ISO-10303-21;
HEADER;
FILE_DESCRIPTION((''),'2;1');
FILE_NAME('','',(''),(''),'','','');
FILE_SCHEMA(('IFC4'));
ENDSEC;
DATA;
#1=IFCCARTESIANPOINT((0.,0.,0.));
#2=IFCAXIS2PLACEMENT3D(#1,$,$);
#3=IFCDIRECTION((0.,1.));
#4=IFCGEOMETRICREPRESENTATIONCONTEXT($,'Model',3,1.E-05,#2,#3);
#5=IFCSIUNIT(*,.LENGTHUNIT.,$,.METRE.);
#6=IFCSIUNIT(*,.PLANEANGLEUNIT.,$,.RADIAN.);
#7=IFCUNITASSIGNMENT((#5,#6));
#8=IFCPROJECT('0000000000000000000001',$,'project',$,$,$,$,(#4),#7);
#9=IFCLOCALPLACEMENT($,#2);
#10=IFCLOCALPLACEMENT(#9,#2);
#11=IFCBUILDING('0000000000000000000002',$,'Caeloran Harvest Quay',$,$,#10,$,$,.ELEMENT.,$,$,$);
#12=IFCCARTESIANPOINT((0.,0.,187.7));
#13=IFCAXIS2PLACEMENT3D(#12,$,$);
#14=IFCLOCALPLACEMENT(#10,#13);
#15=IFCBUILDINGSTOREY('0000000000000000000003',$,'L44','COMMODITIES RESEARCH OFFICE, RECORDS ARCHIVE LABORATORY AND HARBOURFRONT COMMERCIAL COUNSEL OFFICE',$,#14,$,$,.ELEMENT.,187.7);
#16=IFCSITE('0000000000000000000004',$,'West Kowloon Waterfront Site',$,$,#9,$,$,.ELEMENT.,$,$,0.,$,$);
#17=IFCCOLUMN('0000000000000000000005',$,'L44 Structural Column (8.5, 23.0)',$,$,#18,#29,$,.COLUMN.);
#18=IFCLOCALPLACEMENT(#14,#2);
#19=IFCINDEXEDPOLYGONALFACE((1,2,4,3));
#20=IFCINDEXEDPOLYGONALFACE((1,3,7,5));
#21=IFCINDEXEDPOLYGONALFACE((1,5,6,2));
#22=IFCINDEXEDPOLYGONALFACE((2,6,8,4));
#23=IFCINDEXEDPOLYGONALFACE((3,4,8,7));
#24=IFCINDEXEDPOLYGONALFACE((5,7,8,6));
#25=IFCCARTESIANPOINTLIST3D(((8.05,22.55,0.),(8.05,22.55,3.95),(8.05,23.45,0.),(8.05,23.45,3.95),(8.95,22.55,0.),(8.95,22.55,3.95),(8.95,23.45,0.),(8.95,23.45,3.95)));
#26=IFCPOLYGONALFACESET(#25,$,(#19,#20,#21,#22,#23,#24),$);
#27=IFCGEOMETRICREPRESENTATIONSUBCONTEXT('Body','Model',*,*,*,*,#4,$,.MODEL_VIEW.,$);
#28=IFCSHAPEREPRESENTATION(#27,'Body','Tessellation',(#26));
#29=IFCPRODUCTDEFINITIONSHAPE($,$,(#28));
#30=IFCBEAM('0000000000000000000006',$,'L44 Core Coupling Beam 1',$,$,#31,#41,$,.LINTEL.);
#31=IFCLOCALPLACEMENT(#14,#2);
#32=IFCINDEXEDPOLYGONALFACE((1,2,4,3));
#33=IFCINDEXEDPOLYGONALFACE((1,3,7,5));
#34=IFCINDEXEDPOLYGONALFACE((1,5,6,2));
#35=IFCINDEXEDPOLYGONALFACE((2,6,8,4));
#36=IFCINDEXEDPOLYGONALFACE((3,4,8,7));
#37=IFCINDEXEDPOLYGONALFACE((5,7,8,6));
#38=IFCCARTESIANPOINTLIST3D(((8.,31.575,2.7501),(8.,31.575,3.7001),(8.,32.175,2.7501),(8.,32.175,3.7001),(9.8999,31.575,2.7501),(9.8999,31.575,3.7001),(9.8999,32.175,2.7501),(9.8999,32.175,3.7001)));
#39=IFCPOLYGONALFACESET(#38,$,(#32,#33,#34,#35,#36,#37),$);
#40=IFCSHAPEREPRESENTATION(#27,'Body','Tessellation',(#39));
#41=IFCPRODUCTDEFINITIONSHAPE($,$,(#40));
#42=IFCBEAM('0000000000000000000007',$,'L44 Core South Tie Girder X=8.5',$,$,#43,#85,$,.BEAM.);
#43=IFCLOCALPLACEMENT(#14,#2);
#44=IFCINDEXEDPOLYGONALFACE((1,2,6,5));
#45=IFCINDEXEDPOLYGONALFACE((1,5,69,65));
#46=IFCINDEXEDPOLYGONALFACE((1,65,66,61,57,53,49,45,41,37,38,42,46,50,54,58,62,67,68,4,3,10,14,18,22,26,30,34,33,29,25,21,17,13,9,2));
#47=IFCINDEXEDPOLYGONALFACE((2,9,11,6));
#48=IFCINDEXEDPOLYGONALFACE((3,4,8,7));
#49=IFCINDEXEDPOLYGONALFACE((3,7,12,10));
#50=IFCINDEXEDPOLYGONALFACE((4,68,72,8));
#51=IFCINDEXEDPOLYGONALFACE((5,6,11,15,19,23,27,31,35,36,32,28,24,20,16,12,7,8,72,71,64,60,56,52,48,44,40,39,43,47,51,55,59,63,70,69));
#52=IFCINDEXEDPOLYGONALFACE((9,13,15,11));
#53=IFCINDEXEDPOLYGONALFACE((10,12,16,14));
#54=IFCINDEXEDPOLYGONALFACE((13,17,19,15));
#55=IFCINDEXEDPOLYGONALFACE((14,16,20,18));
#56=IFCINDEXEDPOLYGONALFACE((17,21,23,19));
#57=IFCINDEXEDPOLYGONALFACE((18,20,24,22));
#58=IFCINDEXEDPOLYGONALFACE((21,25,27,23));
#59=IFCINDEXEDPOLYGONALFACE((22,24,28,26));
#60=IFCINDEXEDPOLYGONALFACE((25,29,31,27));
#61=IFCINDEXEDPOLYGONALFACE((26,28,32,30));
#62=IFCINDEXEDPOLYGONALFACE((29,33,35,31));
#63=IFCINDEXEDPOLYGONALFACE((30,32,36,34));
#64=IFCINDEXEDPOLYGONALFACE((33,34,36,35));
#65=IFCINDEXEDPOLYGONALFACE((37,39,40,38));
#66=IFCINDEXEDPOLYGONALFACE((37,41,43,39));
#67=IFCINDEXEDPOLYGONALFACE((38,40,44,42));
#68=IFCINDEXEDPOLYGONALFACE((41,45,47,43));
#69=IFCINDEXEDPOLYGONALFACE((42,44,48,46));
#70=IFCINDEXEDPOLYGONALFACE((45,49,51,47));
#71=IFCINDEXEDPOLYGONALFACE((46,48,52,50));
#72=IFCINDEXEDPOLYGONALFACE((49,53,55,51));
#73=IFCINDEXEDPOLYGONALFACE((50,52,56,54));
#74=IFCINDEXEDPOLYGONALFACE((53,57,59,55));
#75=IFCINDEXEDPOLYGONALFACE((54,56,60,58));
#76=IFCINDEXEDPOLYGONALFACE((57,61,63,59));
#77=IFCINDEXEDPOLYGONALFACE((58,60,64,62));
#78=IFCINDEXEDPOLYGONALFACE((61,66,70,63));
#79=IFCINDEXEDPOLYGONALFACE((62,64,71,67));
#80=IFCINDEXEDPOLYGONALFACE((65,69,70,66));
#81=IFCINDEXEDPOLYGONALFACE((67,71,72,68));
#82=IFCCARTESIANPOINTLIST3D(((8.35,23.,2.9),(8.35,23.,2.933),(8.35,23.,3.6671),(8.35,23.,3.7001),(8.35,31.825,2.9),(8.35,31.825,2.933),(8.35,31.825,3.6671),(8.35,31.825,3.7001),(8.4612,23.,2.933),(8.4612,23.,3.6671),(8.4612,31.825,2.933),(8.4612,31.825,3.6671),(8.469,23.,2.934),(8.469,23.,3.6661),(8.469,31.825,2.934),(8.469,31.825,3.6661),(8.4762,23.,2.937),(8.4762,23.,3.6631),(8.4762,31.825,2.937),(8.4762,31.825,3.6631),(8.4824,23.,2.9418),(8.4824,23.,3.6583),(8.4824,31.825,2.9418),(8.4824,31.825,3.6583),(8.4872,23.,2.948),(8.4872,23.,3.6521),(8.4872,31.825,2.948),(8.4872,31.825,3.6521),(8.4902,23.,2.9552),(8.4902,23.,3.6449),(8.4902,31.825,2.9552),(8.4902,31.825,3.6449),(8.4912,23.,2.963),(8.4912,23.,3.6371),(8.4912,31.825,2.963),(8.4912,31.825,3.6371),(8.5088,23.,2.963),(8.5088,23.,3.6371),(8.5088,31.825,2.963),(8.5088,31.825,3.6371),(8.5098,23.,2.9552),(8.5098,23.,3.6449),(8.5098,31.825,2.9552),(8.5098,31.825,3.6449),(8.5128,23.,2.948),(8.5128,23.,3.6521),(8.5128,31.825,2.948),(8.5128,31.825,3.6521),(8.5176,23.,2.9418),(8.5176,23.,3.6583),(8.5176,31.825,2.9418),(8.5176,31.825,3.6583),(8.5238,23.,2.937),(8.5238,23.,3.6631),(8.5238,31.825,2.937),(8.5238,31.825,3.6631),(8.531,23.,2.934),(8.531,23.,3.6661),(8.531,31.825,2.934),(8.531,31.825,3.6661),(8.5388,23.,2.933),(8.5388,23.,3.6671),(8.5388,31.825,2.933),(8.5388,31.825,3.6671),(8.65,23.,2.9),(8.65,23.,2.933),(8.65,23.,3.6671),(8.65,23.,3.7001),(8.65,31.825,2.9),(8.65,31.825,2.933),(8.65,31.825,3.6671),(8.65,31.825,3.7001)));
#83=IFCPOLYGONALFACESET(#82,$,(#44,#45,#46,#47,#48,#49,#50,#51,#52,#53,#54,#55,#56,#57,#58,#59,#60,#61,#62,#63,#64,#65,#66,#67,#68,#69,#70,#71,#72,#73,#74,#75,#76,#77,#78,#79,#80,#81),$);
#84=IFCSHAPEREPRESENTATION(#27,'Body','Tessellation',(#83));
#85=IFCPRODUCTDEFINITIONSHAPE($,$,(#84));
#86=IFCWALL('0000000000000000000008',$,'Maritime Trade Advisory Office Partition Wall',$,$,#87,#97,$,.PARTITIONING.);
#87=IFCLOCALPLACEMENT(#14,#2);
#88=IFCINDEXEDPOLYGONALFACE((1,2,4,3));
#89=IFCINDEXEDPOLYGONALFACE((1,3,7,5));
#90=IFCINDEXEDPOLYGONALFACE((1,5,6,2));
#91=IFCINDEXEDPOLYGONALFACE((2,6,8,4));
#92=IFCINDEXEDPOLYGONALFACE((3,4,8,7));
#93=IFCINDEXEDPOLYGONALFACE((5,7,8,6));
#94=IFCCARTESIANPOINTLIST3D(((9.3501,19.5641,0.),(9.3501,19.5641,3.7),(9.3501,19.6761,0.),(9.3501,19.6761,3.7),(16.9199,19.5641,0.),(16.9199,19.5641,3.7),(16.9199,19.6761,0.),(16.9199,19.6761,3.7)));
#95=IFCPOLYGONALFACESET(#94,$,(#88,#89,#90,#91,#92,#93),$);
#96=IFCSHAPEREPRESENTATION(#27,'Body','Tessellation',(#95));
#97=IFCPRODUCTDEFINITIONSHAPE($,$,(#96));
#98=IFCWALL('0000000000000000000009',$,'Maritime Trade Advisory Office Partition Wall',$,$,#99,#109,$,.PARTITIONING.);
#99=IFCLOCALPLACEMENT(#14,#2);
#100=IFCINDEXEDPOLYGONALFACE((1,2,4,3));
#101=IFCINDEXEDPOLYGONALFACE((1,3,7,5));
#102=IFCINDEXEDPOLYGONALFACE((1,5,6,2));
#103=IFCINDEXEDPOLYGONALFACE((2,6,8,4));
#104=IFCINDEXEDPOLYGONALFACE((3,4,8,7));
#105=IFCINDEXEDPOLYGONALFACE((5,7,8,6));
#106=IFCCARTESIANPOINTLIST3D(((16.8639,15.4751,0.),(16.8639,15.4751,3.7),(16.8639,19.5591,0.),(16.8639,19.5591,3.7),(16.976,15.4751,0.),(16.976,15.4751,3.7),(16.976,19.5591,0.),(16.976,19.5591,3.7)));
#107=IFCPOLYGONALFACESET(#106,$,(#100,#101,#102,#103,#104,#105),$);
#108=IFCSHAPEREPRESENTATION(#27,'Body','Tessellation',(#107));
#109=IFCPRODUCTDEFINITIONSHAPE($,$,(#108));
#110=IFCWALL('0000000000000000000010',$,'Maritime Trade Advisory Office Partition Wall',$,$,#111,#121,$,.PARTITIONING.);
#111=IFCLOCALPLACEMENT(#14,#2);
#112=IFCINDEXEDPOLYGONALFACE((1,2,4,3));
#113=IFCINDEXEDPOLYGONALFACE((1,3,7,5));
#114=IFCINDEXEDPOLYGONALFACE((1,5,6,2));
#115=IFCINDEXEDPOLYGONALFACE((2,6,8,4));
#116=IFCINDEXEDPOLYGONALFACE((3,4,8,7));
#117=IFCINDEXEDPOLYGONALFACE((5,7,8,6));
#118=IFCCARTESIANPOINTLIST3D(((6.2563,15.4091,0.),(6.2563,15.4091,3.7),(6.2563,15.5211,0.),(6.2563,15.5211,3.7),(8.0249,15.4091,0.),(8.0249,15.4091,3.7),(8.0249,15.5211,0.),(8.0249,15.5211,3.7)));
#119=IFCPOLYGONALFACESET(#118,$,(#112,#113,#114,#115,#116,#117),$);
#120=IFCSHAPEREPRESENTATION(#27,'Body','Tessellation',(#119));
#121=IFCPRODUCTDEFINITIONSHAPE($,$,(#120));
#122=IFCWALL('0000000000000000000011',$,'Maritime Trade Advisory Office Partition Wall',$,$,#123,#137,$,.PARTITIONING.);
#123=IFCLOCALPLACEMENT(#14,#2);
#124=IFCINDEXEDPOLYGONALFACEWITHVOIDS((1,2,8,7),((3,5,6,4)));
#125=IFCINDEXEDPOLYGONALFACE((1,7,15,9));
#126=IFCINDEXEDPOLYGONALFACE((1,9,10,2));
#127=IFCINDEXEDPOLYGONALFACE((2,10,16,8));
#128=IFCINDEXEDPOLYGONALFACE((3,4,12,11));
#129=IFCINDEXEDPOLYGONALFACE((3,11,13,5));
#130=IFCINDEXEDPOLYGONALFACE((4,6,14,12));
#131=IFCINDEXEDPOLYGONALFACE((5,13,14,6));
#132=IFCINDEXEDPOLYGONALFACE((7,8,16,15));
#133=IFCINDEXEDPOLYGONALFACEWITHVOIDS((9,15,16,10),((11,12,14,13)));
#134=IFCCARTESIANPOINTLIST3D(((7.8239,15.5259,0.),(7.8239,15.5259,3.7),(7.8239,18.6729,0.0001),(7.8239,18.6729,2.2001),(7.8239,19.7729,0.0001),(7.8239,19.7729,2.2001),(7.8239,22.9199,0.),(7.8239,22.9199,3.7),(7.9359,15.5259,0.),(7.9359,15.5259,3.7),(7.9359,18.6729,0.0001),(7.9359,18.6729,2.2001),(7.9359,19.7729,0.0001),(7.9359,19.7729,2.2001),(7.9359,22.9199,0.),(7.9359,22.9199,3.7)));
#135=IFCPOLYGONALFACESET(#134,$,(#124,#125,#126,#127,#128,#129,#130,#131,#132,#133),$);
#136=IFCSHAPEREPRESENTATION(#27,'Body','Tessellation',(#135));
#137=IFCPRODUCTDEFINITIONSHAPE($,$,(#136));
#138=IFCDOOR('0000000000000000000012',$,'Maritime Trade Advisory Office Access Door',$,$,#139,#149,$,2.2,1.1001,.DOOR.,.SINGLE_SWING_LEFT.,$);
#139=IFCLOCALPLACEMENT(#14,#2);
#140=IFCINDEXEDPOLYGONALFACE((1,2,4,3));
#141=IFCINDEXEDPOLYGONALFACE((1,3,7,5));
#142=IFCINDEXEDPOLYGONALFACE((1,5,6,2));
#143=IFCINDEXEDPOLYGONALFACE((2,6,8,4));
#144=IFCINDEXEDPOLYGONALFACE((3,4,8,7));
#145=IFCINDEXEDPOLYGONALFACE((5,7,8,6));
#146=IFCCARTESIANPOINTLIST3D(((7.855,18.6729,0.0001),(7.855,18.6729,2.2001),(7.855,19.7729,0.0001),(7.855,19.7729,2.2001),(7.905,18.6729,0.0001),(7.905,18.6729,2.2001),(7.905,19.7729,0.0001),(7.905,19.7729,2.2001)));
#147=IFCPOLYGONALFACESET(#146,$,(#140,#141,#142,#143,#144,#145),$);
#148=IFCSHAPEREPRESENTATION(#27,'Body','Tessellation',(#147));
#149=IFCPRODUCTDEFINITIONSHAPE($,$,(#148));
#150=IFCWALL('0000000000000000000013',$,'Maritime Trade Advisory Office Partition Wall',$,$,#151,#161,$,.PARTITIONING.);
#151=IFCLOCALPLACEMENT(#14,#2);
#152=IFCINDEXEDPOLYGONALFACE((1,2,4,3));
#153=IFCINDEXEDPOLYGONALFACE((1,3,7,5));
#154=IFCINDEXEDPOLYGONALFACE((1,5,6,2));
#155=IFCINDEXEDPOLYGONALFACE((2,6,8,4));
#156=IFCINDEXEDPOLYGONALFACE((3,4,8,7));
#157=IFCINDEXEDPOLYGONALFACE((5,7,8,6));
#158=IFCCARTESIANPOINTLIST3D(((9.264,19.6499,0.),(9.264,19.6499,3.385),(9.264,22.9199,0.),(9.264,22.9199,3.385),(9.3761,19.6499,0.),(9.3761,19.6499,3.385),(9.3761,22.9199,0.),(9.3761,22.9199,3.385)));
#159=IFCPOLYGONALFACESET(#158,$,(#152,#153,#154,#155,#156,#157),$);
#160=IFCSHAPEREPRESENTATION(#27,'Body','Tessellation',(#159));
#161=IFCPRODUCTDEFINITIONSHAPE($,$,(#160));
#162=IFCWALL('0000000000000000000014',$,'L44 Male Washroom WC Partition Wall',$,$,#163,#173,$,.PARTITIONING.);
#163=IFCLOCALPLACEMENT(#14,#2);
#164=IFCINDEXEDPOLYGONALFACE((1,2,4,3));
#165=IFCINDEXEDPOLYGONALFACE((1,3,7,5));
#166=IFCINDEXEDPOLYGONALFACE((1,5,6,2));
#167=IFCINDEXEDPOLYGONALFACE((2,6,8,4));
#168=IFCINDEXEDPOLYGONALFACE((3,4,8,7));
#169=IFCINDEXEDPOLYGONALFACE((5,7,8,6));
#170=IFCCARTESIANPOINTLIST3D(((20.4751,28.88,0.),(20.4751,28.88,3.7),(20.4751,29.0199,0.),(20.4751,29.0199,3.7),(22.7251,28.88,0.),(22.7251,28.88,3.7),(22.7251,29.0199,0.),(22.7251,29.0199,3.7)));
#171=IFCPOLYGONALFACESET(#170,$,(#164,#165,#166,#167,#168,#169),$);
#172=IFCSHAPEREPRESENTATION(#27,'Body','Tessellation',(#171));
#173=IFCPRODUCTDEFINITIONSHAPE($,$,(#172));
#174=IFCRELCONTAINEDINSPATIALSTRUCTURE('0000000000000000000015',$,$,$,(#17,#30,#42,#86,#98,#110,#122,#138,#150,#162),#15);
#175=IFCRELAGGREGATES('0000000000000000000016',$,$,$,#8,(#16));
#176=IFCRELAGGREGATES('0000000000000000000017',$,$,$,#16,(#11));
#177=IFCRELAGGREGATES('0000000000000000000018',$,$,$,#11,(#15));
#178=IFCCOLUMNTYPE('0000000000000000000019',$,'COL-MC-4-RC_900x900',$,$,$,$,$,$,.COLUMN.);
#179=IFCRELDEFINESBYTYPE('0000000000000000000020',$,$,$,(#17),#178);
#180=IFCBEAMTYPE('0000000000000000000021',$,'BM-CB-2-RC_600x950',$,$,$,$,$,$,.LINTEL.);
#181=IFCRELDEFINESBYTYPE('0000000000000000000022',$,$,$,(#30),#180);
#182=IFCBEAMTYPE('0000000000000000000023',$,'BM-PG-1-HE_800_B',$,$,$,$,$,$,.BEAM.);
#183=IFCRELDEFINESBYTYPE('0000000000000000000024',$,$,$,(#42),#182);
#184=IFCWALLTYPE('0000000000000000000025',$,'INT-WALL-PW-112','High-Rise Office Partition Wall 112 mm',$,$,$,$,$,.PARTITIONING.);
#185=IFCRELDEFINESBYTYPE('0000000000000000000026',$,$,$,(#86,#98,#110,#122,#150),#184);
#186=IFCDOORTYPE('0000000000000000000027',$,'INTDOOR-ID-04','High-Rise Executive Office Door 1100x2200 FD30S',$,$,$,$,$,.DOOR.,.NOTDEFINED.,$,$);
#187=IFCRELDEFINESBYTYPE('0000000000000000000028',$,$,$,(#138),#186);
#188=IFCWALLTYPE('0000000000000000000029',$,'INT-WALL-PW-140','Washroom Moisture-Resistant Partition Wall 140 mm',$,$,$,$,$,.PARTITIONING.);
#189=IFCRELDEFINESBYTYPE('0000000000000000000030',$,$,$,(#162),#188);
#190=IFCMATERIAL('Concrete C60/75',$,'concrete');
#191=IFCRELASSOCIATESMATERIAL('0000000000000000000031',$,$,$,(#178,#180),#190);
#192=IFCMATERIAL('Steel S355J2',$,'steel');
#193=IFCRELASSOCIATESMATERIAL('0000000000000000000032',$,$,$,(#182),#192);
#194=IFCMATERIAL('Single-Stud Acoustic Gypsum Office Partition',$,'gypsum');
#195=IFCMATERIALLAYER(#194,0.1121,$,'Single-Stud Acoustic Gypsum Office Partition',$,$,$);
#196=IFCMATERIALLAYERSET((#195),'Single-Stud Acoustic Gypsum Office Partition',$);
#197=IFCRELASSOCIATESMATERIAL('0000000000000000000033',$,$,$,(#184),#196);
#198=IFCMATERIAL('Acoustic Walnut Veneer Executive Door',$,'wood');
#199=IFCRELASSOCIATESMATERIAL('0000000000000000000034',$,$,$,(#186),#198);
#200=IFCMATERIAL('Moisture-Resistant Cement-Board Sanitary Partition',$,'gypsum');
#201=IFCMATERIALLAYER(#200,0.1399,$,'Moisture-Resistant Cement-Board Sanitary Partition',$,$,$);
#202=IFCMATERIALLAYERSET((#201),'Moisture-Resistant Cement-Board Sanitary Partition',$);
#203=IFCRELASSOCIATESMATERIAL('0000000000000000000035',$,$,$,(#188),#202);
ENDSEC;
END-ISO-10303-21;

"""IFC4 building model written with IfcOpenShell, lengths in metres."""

from ifc_helpers import new_model, si_unit, direction, frame, frame_2d, origin, origin_2d, place, context, subcontext, project, spatial, rectangle, i_section, extrude, material, layer, layer_set, material_profile, profile_set, type_object, element, fill, save


model = new_model("IFC4")

# Units and contexts
model_context = context("Model", 3, precision=1e-05, world=origin(), true_north=direction((0.0, 1.0)))
body_context = subcontext(model_context, "Body", "Model", "MODEL_VIEW")
ifc_project = project(units=[si_unit("LENGTHUNIT", "METRE"), si_unit("PLANEANGLEUNIT", "RADIAN")], contexts=[model_context])

# Site, building, storey
site_placement = place(None, origin())
site = spatial("IfcSite", under=ifc_project, at=site_placement, Name="West Kowloon Waterfront Site", CompositionType="ELEMENT", RefElevation=0.0)
building_placement = place(site_placement, origin())
building = spatial("IfcBuilding", under=site, at=building_placement, Name="Caeloran Harvest Quay", CompositionType="ELEMENT")
storey_placement = place(building_placement, frame((0.0, 0.0, 187.7)))
storey = spatial("IfcBuildingStorey", under=building, at=storey_placement, Name="L44", Description="COMMODITIES RESEARCH OFFICE, RECORDS ARCHIVE LABORATORY AND HARBOURFRONT COMMERCIAL COUNSEL OFFICE", CompositionType="ELEMENT", Elevation=187.7)

# Column
ifc_material_1 = material(Name="Concrete C60/75", Category="concrete")
ifc_material_profile_1 = material_profile(ifc_material_1, rectangle(XDim=0.8999, YDim=0.8999, at=origin_2d()), Name="RC 900x900")
ifc_profile_set_1 = profile_set([ifc_material_profile_1], Name="Concrete C60/75")
column_type = type_object("IfcColumnType", Name="COL-MC-4-RC_900x900", PredefinedType="COLUMN", material=ifc_profile_set_1)
column_placement = place(storey_placement, frame((8.5, 23.0, 0.0), z_axis=(0.0, 0.0, 1.0), x_axis=(1.0, 0.0, 0.0)))
element("IfcColumn", 1, at=column_placement, inside=storey, type_object=column_type, Name="L44 Structural Column (8.5, 23.0)", PredefinedType="COLUMN", context=body_context, shape_type="SweptSolid", body=[
    extrude(rectangle(XDim=0.8999, YDim=0.8999, at=origin_2d()), origin(), (0.0, 0.0, 1.0), 3.95),
])

# Beams
ifc_material_profile_2 = material_profile(ifc_material_1, rectangle(XDim=0.6001, YDim=0.95, at=origin_2d()), Name="RC 600x950")
ifc_profile_set_2 = profile_set([ifc_material_profile_2], Name="Concrete C60/75")
beam_type_1 = type_object("IfcBeamType", Name="BM-CB-2-RC_600x950", PredefinedType="LINTEL", material=ifc_profile_set_2)
beam_1_placement = place(storey_placement, frame((8.0, 31.875, 3.2251), z_axis=(1.0, 0.0, 0.0), x_axis=(0.0, 1.0, 0.0)))
element("IfcBeam", 2, at=beam_1_placement, inside=storey, type_object=beam_type_1, Name="L44 Core Coupling Beam 1", PredefinedType="LINTEL", context=body_context, shape_type="SweptSolid", body=[
    extrude(rectangle(XDim=0.6001, YDim=0.95, at=origin_2d()), origin(), (0.0, 0.0, 1.0), 1.8999),
])
ifc_material_2 = material(Name="Steel S355J2", Category="steel")
ifc_material_profile_3 = material_profile(ifc_material_2, i_section(OverallWidth=0.3, OverallDepth=0.8, WebThickness=0.0176, FlangeThickness=0.033, FilletRadius=0.03, at=origin_2d()), Name="HE 800 B")
ifc_profile_set_3 = profile_set([ifc_material_profile_3], Name="Steel S355J2")
beam_type_2 = type_object("IfcBeamType", Name="BM-PG-1-HE_800_B", PredefinedType="BEAM", material=ifc_profile_set_3)
beam_2_placement = place(storey_placement, frame((8.5, 23.0, 3.3), z_axis=(0.0, 1.0, 0.0), x_axis=(-1.0, 0.0, 0.0)))
element("IfcBeam", 3, at=beam_2_placement, inside=storey, type_object=beam_type_2, Name="L44 Core South Tie Girder X=8.5", PredefinedType="BEAM", context=body_context, shape_type="SweptSolid", body=[
    extrude(i_section(OverallWidth=0.3, OverallDepth=0.8, WebThickness=0.0176, FlangeThickness=0.033, FilletRadius=0.03, at=origin_2d()), origin(), (0.0, 0.0, 1.0), 8.825),
])

# Walls
ifc_material_3 = material(Name="Single-Stud Acoustic Gypsum Office Partition", Category="gypsum")
ifc_layer_1 = layer(ifc_material_3, 0.1121, Name="Single-Stud Acoustic Gypsum Office Partition")
ifc_layer_set_1 = layer_set([ifc_layer_1], Name="Single-Stud Acoustic Gypsum Office Partition")
wall_type_1 = type_object("IfcWallType", Name="INT-WALL-PW-112", Description="High-Rise Office Partition Wall 112 mm", PredefinedType="PARTITIONING", material=ifc_layer_set_1)
wall_1_placement = place(storey_placement, frame((9.3501, 19.6201, 0.0), z_axis=(0.0, 0.0, 1.0), x_axis=(1.0, 0.0, 0.0)))
element("IfcWall", 4, at=wall_1_placement, inside=storey, type_object=wall_type_1, Name="Maritime Trade Advisory Office Partition Wall", PredefinedType="PARTITIONING", context=body_context, shape_type="SweptSolid", body=[
    extrude(rectangle(XDim=7.5698, YDim=0.1121, at=frame_2d((3.7849, 0.0))), origin(), (0.0, 0.0, 1.0), 3.7),
])
wall_2_placement = place(storey_placement, frame((16.9199, 19.5591, 0.0), z_axis=(0.0, 0.0, 1.0), x_axis=(0.0, -1.0, 0.0)))
element("IfcWall", 5, at=wall_2_placement, inside=storey, type_object=wall_type_1, Name="Maritime Trade Advisory Office Partition Wall", PredefinedType="PARTITIONING", context=body_context, shape_type="SweptSolid", body=[
    extrude(rectangle(XDim=4.084, YDim=0.1121, at=frame_2d((2.042, 0.0))), origin(), (0.0, 0.0, 1.0), 3.7),
])
wall_3_placement = place(storey_placement, frame((8.0249, 15.4651, 0.0), z_axis=(0.0, 0.0, 1.0), x_axis=(-1.0, 0.0, 0.0)))
element("IfcWall", 6, at=wall_3_placement, inside=storey, type_object=wall_type_1, Name="Maritime Trade Advisory Office Partition Wall", PredefinedType="PARTITIONING", context=body_context, shape_type="SweptSolid", body=[
    extrude(rectangle(XDim=1.7686, YDim=0.1121, at=frame_2d((0.8843, 0.0))), origin(), (0.0, 0.0, 1.0), 3.7),
])

# Wall, opening, door
wall_4_placement = place(storey_placement, frame((7.8799, 15.5259, 0.0), z_axis=(0.0, 0.0, 1.0), x_axis=(0.0, 1.0, 0.0)))
wall_4 = element("IfcWall", 7, at=wall_4_placement, inside=storey, type_object=wall_type_1, Name="Maritime Trade Advisory Office Partition Wall", PredefinedType="PARTITIONING", context=body_context, shape_type="SweptSolid", body=[
    extrude(rectangle(XDim=7.394, YDim=0.1121, at=frame_2d((3.697, 0.0))), origin(), (0.0, 0.0, 1.0), 3.7),
])
opening_1_placement = place(wall_4_placement, frame((3.147, 0.0, 0.0)))
opening_1 = element("IfcOpeningElement", 8, at=opening_1_placement, cuts=wall_4, PredefinedType="OPENING", context=body_context, shape_type="SweptSolid", body=[
    extrude(rectangle(XDim=1.1001, YDim=2.2, at=frame_2d((0.55, 1.1001))), frame((0.0, 0.0659, 0.0), z_axis=(0.0, -1.0, 0.0), x_axis=(1.0, 0.0, 0.0)), (0.0, 0.0, 1.0), 0.1321),
])
ifc_material_4 = material(Name="Acoustic Walnut Veneer Executive Door", Category="wood")
door_type_1 = type_object("IfcDoorType", Name="INTDOOR-ID-04", Description="High-Rise Executive Office Door 1100x2200 FD30S", OperationType="NOTDEFINED", PredefinedType="DOOR", material=ifc_material_4)
door_1_placement = place(opening_1_placement, origin())
door_1 = element("IfcDoor", 9, at=door_1_placement, inside=storey, type_object=door_type_1, Name="Maritime Trade Advisory Office Access Door", OperationType="SINGLE_SWING_LEFT", OverallHeight=2.2, OverallWidth=1.1001, PredefinedType="DOOR", context=body_context, shape_type="SweptSolid", body=[
    extrude(rectangle(XDim=1.1001, YDim=2.2, at=frame_2d((0.55, 1.1001))), frame((0.0, 0.0249, 0.0), z_axis=(0.0, -1.0, 0.0), x_axis=(1.0, 0.0, 0.0)), (0.0, 0.0, 1.0), 0.05),
])
fill(opening_1, door_1)

# Wall
wall_5_placement = place(storey_placement, frame((9.3201, 22.9199, 0.0), z_axis=(0.0, 0.0, 1.0), x_axis=(0.0, -1.0, 0.0)))
element("IfcWall", 10, at=wall_5_placement, inside=storey, type_object=wall_type_1, Name="Maritime Trade Advisory Office Partition Wall", PredefinedType="PARTITIONING", context=body_context, shape_type="SweptSolid", body=[
    extrude(rectangle(XDim=3.27, YDim=0.1121, at=frame_2d((1.635, 0.0))), origin(), (0.0, 0.0, 1.0), 3.385),
])

# Shared definitions
ifc_material_5 = material(Name="Moisture-Resistant Cement-Board Sanitary Partition", Category="gypsum")
ifc_layer_2 = layer(ifc_material_5, 0.1399, Name="Moisture-Resistant Cement-Board Sanitary Partition")
ifc_layer_set_2 = layer_set([ifc_layer_2], Name="Moisture-Resistant Cement-Board Sanitary Partition")
wall_type_2 = type_object("IfcWallType", Name="INT-WALL-PW-140", Description="Washroom Moisture-Resistant Partition Wall 140 mm", PredefinedType="PARTITIONING", material=ifc_layer_set_2)

# Wall
wall_6_placement = place(storey_placement, frame((20.4751, 28.95, 0.0), z_axis=(0.0, 0.0, 1.0), x_axis=(1.0, 0.0, 0.0)))
element("IfcWall", 11, at=wall_6_placement, inside=storey, type_object=wall_type_2, Name="L44 Male Washroom WC Partition Wall", PredefinedType="PARTITIONING", context=body_context, shape_type="SweptSolid", body=[
    extrude(rectangle(XDim=2.25, YDim=0.1399, at=frame_2d((1.125, 0.0))), origin(), (0.0, 0.0, 1.0), 3.7),
])

save(model, "model.ifc")
